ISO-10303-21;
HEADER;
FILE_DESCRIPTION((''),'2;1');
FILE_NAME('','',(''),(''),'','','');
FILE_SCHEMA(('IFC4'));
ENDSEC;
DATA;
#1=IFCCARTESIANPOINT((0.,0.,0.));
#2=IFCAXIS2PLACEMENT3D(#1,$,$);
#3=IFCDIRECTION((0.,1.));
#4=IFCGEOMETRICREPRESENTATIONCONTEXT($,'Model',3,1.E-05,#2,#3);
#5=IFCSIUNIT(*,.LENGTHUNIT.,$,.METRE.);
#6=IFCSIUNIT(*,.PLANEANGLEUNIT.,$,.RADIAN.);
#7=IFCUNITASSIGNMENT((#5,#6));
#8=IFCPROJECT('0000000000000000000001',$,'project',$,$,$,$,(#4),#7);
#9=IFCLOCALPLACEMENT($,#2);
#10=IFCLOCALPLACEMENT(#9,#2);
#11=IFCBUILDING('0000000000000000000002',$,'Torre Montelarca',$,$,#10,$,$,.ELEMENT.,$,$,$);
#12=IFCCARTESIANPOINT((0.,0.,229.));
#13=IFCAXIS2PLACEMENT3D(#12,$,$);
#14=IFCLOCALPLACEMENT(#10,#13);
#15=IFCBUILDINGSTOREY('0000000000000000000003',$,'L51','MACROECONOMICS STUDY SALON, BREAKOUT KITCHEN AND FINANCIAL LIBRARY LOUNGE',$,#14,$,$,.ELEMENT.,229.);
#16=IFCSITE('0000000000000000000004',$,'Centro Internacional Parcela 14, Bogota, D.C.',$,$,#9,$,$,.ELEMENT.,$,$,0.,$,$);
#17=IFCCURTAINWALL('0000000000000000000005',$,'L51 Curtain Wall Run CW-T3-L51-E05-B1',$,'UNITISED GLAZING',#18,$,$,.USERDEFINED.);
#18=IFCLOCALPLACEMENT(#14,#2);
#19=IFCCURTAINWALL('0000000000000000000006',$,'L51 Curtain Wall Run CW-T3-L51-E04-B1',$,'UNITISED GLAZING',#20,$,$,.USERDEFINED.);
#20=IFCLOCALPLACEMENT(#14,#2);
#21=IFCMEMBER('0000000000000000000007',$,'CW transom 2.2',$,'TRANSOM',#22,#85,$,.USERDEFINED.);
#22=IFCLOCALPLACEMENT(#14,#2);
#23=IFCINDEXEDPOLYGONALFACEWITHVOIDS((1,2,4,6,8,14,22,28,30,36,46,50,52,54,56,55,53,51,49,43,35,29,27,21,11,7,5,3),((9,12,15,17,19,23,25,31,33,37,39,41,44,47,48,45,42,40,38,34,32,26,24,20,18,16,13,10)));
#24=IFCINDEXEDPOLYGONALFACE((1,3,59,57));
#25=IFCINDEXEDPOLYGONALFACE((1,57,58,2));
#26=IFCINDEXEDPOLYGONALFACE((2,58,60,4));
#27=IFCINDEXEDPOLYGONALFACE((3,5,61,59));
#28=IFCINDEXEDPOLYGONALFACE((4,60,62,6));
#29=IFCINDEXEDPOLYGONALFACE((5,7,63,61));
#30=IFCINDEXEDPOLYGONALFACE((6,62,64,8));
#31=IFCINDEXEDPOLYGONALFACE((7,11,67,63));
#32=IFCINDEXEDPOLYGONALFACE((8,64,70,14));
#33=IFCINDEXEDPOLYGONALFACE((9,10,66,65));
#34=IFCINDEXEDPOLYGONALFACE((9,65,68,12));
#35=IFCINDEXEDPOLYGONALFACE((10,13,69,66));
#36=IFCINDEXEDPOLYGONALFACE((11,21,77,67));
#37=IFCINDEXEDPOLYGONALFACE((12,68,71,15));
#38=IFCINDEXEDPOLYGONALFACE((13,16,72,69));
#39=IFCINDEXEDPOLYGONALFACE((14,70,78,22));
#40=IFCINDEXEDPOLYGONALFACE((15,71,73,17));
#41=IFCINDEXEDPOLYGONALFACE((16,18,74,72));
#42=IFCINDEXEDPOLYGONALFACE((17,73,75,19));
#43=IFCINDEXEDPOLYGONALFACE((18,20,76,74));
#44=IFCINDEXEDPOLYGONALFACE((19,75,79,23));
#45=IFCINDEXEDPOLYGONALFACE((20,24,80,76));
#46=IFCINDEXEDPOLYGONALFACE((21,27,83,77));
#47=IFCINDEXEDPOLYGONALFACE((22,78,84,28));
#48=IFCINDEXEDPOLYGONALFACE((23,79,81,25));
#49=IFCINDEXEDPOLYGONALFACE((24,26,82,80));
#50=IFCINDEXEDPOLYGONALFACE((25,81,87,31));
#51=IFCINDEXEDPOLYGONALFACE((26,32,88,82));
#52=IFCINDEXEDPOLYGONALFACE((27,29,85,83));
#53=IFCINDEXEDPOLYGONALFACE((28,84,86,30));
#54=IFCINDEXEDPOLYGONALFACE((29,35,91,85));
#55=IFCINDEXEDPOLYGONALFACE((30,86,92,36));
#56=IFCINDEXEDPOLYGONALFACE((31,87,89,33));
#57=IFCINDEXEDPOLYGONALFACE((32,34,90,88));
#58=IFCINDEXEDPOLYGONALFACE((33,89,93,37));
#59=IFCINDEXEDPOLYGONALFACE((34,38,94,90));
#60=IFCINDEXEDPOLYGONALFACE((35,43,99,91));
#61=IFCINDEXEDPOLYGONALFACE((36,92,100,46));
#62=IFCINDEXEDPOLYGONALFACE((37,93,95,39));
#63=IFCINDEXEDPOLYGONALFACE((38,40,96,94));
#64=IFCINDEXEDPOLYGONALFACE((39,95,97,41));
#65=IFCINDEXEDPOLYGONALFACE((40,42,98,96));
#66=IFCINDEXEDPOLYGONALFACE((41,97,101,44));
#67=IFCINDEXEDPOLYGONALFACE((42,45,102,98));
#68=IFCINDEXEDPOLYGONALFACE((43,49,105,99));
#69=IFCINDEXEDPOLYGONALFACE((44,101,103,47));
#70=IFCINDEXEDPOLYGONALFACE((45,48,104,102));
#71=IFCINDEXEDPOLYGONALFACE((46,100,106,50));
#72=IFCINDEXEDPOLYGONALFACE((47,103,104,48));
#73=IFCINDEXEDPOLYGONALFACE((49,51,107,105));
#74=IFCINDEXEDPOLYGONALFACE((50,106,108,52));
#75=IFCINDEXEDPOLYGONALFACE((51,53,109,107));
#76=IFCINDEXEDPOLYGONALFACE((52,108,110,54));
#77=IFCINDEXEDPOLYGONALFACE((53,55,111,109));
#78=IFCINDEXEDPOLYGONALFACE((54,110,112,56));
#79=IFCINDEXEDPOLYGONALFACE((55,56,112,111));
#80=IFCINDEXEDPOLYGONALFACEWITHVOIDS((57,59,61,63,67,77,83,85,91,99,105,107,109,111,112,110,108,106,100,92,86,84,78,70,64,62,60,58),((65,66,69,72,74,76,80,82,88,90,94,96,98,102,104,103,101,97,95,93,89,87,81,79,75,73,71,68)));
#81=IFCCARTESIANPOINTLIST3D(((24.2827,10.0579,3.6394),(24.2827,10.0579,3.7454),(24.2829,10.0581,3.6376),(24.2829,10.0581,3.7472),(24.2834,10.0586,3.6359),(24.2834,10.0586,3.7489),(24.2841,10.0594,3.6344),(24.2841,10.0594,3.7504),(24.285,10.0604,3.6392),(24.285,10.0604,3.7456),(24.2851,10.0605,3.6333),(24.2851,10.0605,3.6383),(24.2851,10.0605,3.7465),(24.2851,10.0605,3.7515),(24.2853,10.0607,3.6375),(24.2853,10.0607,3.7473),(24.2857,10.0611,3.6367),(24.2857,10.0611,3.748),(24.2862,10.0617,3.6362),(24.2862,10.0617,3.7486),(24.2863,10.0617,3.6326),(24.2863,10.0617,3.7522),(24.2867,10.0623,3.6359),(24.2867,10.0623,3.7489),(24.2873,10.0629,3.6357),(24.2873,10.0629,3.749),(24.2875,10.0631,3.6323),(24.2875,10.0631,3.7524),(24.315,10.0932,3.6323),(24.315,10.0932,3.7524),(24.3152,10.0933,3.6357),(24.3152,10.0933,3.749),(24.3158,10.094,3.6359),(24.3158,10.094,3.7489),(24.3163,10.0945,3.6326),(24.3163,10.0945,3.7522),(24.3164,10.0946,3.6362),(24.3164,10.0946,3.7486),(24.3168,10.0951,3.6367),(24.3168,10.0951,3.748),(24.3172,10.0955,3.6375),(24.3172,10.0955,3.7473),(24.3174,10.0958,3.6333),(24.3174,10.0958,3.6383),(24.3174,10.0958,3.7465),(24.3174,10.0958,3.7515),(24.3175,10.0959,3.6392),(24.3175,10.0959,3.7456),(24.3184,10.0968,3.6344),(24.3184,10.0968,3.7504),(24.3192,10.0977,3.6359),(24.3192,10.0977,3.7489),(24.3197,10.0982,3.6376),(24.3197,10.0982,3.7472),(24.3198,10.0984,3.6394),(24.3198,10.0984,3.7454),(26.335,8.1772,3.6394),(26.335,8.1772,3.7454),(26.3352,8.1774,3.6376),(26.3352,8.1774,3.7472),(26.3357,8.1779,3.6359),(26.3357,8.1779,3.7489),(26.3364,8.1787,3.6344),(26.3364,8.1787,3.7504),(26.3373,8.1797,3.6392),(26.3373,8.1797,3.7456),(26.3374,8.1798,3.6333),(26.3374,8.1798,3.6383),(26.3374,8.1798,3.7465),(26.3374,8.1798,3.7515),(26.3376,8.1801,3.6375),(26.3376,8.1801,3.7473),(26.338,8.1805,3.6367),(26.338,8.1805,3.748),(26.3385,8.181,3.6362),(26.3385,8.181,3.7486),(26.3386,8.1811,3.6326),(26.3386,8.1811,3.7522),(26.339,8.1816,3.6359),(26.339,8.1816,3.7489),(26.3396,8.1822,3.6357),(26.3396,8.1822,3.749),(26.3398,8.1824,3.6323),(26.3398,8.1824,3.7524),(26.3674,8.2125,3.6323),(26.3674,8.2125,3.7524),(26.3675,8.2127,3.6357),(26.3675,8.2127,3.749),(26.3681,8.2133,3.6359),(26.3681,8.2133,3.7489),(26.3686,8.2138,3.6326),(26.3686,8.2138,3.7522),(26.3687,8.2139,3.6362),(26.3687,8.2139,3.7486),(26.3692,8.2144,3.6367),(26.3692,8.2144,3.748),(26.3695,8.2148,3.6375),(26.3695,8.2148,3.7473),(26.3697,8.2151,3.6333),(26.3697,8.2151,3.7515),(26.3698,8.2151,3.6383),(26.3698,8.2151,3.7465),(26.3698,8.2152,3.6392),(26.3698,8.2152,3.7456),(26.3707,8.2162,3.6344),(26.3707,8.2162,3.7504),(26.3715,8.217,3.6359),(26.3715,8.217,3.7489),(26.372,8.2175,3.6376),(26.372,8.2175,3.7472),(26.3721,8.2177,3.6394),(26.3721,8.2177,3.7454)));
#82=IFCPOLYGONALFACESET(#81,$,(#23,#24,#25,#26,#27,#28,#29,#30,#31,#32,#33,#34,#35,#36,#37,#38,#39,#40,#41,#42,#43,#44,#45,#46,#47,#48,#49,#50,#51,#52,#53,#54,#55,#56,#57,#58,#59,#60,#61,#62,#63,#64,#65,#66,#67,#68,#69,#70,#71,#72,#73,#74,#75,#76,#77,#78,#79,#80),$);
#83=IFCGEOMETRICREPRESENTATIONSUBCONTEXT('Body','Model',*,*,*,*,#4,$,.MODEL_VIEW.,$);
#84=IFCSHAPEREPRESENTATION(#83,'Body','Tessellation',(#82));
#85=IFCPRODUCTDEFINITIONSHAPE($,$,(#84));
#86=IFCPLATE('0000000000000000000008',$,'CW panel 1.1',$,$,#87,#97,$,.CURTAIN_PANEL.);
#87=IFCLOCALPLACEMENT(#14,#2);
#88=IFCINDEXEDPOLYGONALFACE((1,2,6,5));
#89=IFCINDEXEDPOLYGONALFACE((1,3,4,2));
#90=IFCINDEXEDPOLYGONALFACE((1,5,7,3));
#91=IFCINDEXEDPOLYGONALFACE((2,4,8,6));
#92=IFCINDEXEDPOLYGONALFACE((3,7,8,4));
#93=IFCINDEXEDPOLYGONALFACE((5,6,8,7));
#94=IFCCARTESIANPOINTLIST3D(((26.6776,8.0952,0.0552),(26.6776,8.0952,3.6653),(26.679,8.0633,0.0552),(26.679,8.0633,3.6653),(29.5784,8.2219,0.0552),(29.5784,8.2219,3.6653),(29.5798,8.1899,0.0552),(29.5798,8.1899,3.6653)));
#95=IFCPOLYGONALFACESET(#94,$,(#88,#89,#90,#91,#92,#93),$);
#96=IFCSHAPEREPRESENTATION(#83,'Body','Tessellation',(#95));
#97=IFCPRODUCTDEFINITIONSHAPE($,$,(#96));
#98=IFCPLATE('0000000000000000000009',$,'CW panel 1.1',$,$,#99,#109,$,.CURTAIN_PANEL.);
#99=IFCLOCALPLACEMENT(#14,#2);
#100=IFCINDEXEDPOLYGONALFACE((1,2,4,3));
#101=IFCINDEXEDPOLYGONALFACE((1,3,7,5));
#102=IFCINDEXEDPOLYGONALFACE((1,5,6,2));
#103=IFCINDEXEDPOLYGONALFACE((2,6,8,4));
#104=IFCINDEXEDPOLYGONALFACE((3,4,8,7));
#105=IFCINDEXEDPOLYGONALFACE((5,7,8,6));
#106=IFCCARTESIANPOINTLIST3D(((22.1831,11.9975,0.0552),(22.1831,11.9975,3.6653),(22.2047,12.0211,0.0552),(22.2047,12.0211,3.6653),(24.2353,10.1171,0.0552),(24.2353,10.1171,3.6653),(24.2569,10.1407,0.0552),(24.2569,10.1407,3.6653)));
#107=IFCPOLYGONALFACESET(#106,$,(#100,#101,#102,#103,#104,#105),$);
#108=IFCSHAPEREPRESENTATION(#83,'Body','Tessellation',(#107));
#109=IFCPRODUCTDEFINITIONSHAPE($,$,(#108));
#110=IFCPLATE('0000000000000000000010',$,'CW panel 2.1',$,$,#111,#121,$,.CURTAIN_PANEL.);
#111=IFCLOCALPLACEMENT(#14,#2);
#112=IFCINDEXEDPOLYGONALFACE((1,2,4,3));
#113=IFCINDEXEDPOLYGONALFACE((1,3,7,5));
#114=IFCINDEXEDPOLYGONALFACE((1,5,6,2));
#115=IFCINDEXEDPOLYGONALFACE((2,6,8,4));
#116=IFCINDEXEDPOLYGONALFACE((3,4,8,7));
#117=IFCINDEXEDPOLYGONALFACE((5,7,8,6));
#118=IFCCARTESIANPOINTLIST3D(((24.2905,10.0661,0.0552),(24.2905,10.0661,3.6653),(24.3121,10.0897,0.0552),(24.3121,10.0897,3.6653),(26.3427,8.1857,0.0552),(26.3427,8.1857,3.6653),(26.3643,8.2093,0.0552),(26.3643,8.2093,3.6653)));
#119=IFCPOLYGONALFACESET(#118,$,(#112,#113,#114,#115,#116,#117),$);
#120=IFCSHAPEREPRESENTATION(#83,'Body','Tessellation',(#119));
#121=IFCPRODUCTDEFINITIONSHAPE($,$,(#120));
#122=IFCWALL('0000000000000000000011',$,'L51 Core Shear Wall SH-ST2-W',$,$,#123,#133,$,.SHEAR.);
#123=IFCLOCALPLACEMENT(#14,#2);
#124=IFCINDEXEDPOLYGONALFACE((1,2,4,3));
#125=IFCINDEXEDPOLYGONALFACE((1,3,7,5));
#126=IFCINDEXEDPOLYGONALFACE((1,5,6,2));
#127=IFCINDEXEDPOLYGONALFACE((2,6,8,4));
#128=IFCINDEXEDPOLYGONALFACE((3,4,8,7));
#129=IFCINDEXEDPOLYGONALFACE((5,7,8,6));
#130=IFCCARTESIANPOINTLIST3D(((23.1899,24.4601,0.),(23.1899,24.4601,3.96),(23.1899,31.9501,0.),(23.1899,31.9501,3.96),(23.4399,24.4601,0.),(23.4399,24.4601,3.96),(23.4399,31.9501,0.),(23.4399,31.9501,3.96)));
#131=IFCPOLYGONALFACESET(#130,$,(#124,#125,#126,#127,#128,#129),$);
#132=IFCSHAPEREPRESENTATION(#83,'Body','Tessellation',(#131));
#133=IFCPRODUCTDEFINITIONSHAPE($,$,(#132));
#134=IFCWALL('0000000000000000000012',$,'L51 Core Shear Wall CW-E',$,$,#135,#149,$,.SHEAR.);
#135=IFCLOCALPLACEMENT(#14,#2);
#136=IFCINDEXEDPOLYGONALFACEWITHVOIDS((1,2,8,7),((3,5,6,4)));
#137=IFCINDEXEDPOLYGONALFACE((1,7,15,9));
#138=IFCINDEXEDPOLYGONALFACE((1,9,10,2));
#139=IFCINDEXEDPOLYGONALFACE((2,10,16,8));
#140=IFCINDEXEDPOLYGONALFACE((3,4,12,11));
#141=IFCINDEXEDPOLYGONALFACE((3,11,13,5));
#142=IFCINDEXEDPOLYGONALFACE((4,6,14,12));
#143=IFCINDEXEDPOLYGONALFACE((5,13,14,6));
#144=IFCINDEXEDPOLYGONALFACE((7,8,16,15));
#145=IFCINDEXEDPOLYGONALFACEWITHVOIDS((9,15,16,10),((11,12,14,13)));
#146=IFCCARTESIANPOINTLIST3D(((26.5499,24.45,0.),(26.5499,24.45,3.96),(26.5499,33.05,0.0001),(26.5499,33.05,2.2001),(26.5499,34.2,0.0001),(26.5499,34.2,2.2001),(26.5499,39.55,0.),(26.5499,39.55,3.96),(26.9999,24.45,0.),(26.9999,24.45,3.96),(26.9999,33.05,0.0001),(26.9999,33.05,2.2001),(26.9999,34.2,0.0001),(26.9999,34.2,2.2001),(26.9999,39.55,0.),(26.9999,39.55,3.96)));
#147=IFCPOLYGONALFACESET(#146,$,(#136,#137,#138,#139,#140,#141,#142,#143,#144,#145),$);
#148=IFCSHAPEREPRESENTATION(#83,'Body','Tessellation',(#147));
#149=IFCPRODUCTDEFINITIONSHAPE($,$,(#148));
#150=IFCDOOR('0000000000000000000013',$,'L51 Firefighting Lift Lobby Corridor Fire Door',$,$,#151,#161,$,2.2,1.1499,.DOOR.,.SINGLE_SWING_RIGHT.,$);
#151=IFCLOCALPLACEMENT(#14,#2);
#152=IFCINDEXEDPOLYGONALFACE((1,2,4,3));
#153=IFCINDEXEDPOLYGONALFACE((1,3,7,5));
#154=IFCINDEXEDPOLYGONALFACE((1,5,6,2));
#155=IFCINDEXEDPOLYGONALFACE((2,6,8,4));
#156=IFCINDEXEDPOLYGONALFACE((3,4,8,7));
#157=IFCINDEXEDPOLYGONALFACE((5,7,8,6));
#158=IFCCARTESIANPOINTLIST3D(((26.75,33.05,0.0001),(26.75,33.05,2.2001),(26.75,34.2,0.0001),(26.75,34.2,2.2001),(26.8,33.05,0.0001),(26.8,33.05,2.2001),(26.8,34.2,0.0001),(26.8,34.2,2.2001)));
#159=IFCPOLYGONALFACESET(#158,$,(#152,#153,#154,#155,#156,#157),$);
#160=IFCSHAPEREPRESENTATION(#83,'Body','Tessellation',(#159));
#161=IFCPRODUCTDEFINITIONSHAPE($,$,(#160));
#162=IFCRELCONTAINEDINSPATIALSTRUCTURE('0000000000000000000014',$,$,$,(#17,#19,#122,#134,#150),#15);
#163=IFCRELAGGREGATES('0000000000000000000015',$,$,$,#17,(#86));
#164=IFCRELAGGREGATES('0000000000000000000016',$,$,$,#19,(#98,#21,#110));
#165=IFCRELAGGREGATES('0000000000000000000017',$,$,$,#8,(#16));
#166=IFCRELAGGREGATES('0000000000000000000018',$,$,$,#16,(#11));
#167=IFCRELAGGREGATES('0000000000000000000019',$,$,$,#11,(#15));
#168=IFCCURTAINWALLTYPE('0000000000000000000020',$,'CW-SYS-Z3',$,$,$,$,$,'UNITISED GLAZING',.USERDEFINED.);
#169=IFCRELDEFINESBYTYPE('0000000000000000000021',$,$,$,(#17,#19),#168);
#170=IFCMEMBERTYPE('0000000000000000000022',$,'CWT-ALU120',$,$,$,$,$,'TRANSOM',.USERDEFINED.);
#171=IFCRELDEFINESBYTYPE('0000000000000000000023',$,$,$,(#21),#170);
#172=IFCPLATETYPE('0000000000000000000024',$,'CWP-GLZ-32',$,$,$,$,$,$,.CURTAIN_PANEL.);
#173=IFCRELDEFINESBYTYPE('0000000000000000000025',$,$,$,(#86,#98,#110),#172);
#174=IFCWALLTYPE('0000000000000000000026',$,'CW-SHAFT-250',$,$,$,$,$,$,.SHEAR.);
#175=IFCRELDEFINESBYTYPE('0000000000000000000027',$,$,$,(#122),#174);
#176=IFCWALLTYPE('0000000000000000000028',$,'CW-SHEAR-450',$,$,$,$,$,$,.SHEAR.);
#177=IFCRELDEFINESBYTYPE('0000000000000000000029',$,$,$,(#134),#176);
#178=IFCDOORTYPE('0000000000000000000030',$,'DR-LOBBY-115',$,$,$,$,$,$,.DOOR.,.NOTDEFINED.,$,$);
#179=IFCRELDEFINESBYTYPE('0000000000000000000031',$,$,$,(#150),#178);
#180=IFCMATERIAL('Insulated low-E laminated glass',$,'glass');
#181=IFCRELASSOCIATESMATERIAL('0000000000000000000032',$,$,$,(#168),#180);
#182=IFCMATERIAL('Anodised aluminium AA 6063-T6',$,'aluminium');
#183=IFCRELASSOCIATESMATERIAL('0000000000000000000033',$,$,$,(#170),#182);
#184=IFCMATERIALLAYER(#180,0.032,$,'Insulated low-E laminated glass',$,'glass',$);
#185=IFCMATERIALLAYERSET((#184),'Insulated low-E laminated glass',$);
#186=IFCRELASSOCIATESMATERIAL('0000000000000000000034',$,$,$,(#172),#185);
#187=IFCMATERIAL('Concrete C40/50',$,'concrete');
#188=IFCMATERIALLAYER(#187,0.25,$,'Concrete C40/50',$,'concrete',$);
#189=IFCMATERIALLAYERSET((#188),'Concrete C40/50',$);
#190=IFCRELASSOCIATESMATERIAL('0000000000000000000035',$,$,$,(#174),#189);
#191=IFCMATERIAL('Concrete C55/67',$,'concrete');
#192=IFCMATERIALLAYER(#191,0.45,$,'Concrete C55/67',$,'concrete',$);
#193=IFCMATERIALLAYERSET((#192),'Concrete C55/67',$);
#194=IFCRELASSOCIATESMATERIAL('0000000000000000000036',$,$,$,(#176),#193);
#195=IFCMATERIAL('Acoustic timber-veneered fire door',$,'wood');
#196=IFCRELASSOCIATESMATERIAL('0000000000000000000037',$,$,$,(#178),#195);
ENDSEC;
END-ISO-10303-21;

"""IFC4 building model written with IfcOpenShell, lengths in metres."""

from ifc_helpers import new_model, si_unit, direction, frame, frame_2d, origin, origin_2d, place, context, subcontext, project, spatial, rectangle, hollow_rectangle, extrude, source, transform, mapped, material, layer, layer_set, material_profile, profile_set, type_object, element, fill, aggregate, save


model = new_model("IFC4")

# Units and contexts
model_context = context("Model", 3, precision=1e-05, world=origin(), true_north=direction((0.0, 1.0)))
body_context = subcontext(model_context, "Body", "Model", "MODEL_VIEW")
ifc_project = project(units=[si_unit("LENGTHUNIT", "METRE"), si_unit("PLANEANGLEUNIT", "RADIAN")], contexts=[model_context])

# Site, building, storey
site_placement = place(None, origin())
site = spatial("IfcSite", under=ifc_project, at=site_placement, Name="Centro Internacional Parcela 14, Bogota, D.C.", CompositionType="ELEMENT", RefElevation=0.0)
building_placement = place(site_placement, origin())
building = spatial("IfcBuilding", under=site, at=building_placement, Name="Torre Montelarca", CompositionType="ELEMENT")
storey_placement = place(building_placement, frame((0.0, 0.0, 229.0)))
storey = spatial("IfcBuildingStorey", under=building, at=storey_placement, Name="L51", Description="MACROECONOMICS STUDY SALON, BREAKOUT KITCHEN AND FINANCIAL LIBRARY LOUNGE", CompositionType="ELEMENT", Elevation=229.0)

# Shared definitions
ifc_material_1 = material(Name="Concrete C55/67", Category="concrete")

# Curtain wall
ifc_material_2 = material(Name="Insulated low-E laminated glass", Category="glass")
curtain_wall_type = type_object("IfcCurtainWallType", Name="CW-SYS-Z3", ElementType="UNITISED GLAZING", PredefinedType="USERDEFINED", material=ifc_material_2)
curtain_wall_1_placement = place(storey_placement, origin())
curtain_wall_1 = element("IfcCurtainWall", 1, at=curtain_wall_1_placement, inside=storey, type_object=curtain_wall_type, Name="L51 Curtain Wall Run CW-T3-L51-E05-B1", ObjectType="UNITISED GLAZING", PredefinedType="USERDEFINED")
ifc_material_3 = material(Name="Anodised aluminium AA 6063-T6", Category="aluminium")
ifc_material_profile_1 = material_profile(ifc_material_3, hollow_rectangle(XDim=0.0549, YDim=0.1201, WallThickness=0.0034, InnerFilletRadius=0.0034, OuterFilletRadius=0.0071, at=origin_2d()), Name="ALU55X120X3.5", Category="aluminium")
ifc_profile_set_1 = profile_set([ifc_material_profile_1], Name="Anodised aluminium AA 6063-T6")
member_type_1 = type_object("IfcMemberType", Name="CWT-ALU120", ElementType="TRANSOM", PredefinedType="USERDEFINED", material=ifc_profile_set_1)

# Curtain wall
curtain_wall_2_placement = place(storey_placement, origin())
curtain_wall_2 = element("IfcCurtainWall", 2, at=curtain_wall_2_placement, inside=storey, type_object=curtain_wall_type, Name="L51 Curtain Wall Run CW-T3-L51-E04-B1", ObjectType="UNITISED GLAZING", PredefinedType="USERDEFINED")

# Member
shared_shape_1 = source(origin(), body_context, "Body", "SweptSolid", [
    extrude(hollow_rectangle(XDim=0.0549, YDim=0.1201, WallThickness=0.0034, InnerFilletRadius=0.0034, OuterFilletRadius=0.0071, at=origin_2d()), origin(), (0.0, 0.0, 1.0), 2.7837),
])
member_1_placement = place(storey_placement, frame((24.3013, 10.0781, 3.6924), z_axis=(0.737263, -0.675605, 0.0), x_axis=(0.675605, 0.737263, 0.0)))
member_1 = element("IfcMember", 3, at=member_1_placement, type_object=member_type_1, Name="CW transom 2.2", ObjectType="TRANSOM", PredefinedType="USERDEFINED", context=body_context, shape_type="MappedRepresentation", body=[
    mapped(shared_shape_1, transform((0.0, 0.0, 0.0), scale=1.0)),
])

# Plates
ifc_layer_1 = layer(ifc_material_2, 0.032, Name="Insulated low-E laminated glass", Category="glass")
ifc_layer_set_1 = layer_set([ifc_layer_1], Name="Insulated low-E laminated glass")
plate_type = type_object("IfcPlateType", Name="CWP-GLZ-32", PredefinedType="CURTAIN_PANEL", material=ifc_layer_set_1)
shared_shape_2 = source(origin(), body_context, "Body", "SweptSolid", [
    extrude(rectangle(XDim=2.9036, YDim=0.032, at=origin_2d()), origin(), (0.0, 0.0, 1.0), 3.6101),
])
plate_1_placement = place(storey_placement, frame((28.1287, 8.1426, 0.0552), z_axis=(0.0, 0.0, 1.0), x_axis=(0.999048, 0.043616, 0.0)))
plate_1 = element("IfcPlate", 4, at=plate_1_placement, type_object=plate_type, Name="CW panel 1.1", PredefinedType="CURTAIN_PANEL", context=body_context, shape_type="MappedRepresentation", body=[
    mapped(shared_shape_2, transform((0.0, 0.0, 0.0), scale=1.0)),
])
aggregate(curtain_wall_1, [plate_1])
shared_shape_3 = source(origin(), body_context, "Body", "SweptSolid", [
    extrude(rectangle(XDim=2.7834, YDim=0.032, at=origin_2d()), origin(), (0.0, 0.0, 1.0), 3.6101),
])
plate_2_placement = place(storey_placement, frame((23.22, 11.0691, 0.0552), z_axis=(0.0, 0.0, 1.0), x_axis=(0.737294, -0.675572, 0.0)))
plate_2 = element("IfcPlate", 5, at=plate_2_placement, type_object=plate_type, Name="CW panel 1.1", PredefinedType="CURTAIN_PANEL", context=body_context, shape_type="MappedRepresentation", body=[
    mapped(shared_shape_3, transform((0.0, 0.0, 0.0), scale=1.0)),
])
plate_3_placement = place(storey_placement, frame((25.3274, 9.1377, 0.0552), z_axis=(0.0, 0.0, 1.0), x_axis=(0.737294, -0.675572, 0.0)))
plate_3 = element("IfcPlate", 6, at=plate_3_placement, type_object=plate_type, Name="CW panel 2.1", PredefinedType="CURTAIN_PANEL", context=body_context, shape_type="MappedRepresentation", body=[
    mapped(shared_shape_3, transform((0.0, 0.0, 0.0), scale=1.0)),
])
aggregate(curtain_wall_2, [plate_2, member_1, plate_3])

# Wall
ifc_material_4 = material(Name="Concrete C40/50", Category="concrete")
ifc_layer_2 = layer(ifc_material_4, 0.25, Name="Concrete C40/50", Category="concrete")
ifc_layer_set_2 = layer_set([ifc_layer_2], Name="Concrete C40/50")
wall_type_1 = type_object("IfcWallType", Name="CW-SHAFT-250", PredefinedType="SHEAR", material=ifc_layer_set_2)
wall_1_placement = place(storey_placement, frame((23.3149, 24.46, 0.0), z_axis=(0.0, 0.0, 1.0), x_axis=(0.0, 1.0, 0.0)))
element("IfcWall", 7, at=wall_1_placement, inside=storey, type_object=wall_type_1, Name="L51 Core Shear Wall SH-ST2-W", PredefinedType="SHEAR", context=body_context, shape_type="SweptSolid", body=[
    extrude(rectangle(XDim=7.49, YDim=0.25, at=frame_2d((3.7451, 0.0))), origin(), (0.0, 0.0, 1.0), 3.96),
])

# Wall, opening, door
ifc_layer_3 = layer(ifc_material_1, 0.45, Name="Concrete C55/67", Category="concrete")
ifc_layer_set_3 = layer_set([ifc_layer_3], Name="Concrete C55/67")
wall_type_2 = type_object("IfcWallType", Name="CW-SHEAR-450", PredefinedType="SHEAR", material=ifc_layer_set_3)
wall_2_placement = place(storey_placement, frame((26.7749, 24.45, 0.0), z_axis=(0.0, 0.0, 1.0), x_axis=(0.0, 1.0, 0.0)))
wall_2 = element("IfcWall", 8, at=wall_2_placement, inside=storey, type_object=wall_type_2, Name="L51 Core Shear Wall CW-E", PredefinedType="SHEAR", context=body_context, shape_type="SweptSolid", body=[
    extrude(rectangle(XDim=15.1001, YDim=0.45, at=frame_2d((7.55, 0.0))), origin(), (0.0, 0.0, 1.0), 3.96),
])
opening_1_placement = place(wall_2_placement, frame((8.6001, 0.0, 0.0)))
opening_1 = element("IfcOpeningElement", 9, at=opening_1_placement, cuts=wall_2, PredefinedType="OPENING", context=body_context, shape_type="SweptSolid", body=[
    extrude(rectangle(XDim=1.1499, YDim=2.2, at=frame_2d((0.575, 1.1001))), frame((0.0, 0.2349, 0.0), z_axis=(0.0, -1.0, 0.0), x_axis=(1.0, 0.0, 0.0)), (0.0, 0.0, 1.0), 0.47),
])
ifc_material_5 = material(Name="Acoustic timber-veneered fire door", Category="wood")
door_type_1 = type_object("IfcDoorType", Name="DR-LOBBY-115", OperationType="NOTDEFINED", PredefinedType="DOOR", material=ifc_material_5)
shared_shape_4 = source(origin(), body_context, "Body", "SweptSolid", [
    extrude(rectangle(XDim=1.1499, YDim=2.2, at=frame_2d((0.575, 1.1001))), frame((0.0, 0.0249, 0.0), z_axis=(0.0, -1.0, 0.0), x_axis=(1.0, 0.0, 0.0)), (0.0, 0.0, 1.0), 0.05),
])
door_1_placement = place(opening_1_placement, origin())
door_1 = element("IfcDoor", 10, at=door_1_placement, inside=storey, type_object=door_type_1, Name="L51 Firefighting Lift Lobby Corridor Fire Door", OperationType="SINGLE_SWING_RIGHT", OverallHeight=2.2, OverallWidth=1.1499, PredefinedType="DOOR", context=body_context, shape_type="MappedRepresentation", body=[
    mapped(shared_shape_4, transform((0.0, 0.0, 0.0), scale=1.0)),
])
fill(opening_1, door_1)

save(model, "model.ifc")
